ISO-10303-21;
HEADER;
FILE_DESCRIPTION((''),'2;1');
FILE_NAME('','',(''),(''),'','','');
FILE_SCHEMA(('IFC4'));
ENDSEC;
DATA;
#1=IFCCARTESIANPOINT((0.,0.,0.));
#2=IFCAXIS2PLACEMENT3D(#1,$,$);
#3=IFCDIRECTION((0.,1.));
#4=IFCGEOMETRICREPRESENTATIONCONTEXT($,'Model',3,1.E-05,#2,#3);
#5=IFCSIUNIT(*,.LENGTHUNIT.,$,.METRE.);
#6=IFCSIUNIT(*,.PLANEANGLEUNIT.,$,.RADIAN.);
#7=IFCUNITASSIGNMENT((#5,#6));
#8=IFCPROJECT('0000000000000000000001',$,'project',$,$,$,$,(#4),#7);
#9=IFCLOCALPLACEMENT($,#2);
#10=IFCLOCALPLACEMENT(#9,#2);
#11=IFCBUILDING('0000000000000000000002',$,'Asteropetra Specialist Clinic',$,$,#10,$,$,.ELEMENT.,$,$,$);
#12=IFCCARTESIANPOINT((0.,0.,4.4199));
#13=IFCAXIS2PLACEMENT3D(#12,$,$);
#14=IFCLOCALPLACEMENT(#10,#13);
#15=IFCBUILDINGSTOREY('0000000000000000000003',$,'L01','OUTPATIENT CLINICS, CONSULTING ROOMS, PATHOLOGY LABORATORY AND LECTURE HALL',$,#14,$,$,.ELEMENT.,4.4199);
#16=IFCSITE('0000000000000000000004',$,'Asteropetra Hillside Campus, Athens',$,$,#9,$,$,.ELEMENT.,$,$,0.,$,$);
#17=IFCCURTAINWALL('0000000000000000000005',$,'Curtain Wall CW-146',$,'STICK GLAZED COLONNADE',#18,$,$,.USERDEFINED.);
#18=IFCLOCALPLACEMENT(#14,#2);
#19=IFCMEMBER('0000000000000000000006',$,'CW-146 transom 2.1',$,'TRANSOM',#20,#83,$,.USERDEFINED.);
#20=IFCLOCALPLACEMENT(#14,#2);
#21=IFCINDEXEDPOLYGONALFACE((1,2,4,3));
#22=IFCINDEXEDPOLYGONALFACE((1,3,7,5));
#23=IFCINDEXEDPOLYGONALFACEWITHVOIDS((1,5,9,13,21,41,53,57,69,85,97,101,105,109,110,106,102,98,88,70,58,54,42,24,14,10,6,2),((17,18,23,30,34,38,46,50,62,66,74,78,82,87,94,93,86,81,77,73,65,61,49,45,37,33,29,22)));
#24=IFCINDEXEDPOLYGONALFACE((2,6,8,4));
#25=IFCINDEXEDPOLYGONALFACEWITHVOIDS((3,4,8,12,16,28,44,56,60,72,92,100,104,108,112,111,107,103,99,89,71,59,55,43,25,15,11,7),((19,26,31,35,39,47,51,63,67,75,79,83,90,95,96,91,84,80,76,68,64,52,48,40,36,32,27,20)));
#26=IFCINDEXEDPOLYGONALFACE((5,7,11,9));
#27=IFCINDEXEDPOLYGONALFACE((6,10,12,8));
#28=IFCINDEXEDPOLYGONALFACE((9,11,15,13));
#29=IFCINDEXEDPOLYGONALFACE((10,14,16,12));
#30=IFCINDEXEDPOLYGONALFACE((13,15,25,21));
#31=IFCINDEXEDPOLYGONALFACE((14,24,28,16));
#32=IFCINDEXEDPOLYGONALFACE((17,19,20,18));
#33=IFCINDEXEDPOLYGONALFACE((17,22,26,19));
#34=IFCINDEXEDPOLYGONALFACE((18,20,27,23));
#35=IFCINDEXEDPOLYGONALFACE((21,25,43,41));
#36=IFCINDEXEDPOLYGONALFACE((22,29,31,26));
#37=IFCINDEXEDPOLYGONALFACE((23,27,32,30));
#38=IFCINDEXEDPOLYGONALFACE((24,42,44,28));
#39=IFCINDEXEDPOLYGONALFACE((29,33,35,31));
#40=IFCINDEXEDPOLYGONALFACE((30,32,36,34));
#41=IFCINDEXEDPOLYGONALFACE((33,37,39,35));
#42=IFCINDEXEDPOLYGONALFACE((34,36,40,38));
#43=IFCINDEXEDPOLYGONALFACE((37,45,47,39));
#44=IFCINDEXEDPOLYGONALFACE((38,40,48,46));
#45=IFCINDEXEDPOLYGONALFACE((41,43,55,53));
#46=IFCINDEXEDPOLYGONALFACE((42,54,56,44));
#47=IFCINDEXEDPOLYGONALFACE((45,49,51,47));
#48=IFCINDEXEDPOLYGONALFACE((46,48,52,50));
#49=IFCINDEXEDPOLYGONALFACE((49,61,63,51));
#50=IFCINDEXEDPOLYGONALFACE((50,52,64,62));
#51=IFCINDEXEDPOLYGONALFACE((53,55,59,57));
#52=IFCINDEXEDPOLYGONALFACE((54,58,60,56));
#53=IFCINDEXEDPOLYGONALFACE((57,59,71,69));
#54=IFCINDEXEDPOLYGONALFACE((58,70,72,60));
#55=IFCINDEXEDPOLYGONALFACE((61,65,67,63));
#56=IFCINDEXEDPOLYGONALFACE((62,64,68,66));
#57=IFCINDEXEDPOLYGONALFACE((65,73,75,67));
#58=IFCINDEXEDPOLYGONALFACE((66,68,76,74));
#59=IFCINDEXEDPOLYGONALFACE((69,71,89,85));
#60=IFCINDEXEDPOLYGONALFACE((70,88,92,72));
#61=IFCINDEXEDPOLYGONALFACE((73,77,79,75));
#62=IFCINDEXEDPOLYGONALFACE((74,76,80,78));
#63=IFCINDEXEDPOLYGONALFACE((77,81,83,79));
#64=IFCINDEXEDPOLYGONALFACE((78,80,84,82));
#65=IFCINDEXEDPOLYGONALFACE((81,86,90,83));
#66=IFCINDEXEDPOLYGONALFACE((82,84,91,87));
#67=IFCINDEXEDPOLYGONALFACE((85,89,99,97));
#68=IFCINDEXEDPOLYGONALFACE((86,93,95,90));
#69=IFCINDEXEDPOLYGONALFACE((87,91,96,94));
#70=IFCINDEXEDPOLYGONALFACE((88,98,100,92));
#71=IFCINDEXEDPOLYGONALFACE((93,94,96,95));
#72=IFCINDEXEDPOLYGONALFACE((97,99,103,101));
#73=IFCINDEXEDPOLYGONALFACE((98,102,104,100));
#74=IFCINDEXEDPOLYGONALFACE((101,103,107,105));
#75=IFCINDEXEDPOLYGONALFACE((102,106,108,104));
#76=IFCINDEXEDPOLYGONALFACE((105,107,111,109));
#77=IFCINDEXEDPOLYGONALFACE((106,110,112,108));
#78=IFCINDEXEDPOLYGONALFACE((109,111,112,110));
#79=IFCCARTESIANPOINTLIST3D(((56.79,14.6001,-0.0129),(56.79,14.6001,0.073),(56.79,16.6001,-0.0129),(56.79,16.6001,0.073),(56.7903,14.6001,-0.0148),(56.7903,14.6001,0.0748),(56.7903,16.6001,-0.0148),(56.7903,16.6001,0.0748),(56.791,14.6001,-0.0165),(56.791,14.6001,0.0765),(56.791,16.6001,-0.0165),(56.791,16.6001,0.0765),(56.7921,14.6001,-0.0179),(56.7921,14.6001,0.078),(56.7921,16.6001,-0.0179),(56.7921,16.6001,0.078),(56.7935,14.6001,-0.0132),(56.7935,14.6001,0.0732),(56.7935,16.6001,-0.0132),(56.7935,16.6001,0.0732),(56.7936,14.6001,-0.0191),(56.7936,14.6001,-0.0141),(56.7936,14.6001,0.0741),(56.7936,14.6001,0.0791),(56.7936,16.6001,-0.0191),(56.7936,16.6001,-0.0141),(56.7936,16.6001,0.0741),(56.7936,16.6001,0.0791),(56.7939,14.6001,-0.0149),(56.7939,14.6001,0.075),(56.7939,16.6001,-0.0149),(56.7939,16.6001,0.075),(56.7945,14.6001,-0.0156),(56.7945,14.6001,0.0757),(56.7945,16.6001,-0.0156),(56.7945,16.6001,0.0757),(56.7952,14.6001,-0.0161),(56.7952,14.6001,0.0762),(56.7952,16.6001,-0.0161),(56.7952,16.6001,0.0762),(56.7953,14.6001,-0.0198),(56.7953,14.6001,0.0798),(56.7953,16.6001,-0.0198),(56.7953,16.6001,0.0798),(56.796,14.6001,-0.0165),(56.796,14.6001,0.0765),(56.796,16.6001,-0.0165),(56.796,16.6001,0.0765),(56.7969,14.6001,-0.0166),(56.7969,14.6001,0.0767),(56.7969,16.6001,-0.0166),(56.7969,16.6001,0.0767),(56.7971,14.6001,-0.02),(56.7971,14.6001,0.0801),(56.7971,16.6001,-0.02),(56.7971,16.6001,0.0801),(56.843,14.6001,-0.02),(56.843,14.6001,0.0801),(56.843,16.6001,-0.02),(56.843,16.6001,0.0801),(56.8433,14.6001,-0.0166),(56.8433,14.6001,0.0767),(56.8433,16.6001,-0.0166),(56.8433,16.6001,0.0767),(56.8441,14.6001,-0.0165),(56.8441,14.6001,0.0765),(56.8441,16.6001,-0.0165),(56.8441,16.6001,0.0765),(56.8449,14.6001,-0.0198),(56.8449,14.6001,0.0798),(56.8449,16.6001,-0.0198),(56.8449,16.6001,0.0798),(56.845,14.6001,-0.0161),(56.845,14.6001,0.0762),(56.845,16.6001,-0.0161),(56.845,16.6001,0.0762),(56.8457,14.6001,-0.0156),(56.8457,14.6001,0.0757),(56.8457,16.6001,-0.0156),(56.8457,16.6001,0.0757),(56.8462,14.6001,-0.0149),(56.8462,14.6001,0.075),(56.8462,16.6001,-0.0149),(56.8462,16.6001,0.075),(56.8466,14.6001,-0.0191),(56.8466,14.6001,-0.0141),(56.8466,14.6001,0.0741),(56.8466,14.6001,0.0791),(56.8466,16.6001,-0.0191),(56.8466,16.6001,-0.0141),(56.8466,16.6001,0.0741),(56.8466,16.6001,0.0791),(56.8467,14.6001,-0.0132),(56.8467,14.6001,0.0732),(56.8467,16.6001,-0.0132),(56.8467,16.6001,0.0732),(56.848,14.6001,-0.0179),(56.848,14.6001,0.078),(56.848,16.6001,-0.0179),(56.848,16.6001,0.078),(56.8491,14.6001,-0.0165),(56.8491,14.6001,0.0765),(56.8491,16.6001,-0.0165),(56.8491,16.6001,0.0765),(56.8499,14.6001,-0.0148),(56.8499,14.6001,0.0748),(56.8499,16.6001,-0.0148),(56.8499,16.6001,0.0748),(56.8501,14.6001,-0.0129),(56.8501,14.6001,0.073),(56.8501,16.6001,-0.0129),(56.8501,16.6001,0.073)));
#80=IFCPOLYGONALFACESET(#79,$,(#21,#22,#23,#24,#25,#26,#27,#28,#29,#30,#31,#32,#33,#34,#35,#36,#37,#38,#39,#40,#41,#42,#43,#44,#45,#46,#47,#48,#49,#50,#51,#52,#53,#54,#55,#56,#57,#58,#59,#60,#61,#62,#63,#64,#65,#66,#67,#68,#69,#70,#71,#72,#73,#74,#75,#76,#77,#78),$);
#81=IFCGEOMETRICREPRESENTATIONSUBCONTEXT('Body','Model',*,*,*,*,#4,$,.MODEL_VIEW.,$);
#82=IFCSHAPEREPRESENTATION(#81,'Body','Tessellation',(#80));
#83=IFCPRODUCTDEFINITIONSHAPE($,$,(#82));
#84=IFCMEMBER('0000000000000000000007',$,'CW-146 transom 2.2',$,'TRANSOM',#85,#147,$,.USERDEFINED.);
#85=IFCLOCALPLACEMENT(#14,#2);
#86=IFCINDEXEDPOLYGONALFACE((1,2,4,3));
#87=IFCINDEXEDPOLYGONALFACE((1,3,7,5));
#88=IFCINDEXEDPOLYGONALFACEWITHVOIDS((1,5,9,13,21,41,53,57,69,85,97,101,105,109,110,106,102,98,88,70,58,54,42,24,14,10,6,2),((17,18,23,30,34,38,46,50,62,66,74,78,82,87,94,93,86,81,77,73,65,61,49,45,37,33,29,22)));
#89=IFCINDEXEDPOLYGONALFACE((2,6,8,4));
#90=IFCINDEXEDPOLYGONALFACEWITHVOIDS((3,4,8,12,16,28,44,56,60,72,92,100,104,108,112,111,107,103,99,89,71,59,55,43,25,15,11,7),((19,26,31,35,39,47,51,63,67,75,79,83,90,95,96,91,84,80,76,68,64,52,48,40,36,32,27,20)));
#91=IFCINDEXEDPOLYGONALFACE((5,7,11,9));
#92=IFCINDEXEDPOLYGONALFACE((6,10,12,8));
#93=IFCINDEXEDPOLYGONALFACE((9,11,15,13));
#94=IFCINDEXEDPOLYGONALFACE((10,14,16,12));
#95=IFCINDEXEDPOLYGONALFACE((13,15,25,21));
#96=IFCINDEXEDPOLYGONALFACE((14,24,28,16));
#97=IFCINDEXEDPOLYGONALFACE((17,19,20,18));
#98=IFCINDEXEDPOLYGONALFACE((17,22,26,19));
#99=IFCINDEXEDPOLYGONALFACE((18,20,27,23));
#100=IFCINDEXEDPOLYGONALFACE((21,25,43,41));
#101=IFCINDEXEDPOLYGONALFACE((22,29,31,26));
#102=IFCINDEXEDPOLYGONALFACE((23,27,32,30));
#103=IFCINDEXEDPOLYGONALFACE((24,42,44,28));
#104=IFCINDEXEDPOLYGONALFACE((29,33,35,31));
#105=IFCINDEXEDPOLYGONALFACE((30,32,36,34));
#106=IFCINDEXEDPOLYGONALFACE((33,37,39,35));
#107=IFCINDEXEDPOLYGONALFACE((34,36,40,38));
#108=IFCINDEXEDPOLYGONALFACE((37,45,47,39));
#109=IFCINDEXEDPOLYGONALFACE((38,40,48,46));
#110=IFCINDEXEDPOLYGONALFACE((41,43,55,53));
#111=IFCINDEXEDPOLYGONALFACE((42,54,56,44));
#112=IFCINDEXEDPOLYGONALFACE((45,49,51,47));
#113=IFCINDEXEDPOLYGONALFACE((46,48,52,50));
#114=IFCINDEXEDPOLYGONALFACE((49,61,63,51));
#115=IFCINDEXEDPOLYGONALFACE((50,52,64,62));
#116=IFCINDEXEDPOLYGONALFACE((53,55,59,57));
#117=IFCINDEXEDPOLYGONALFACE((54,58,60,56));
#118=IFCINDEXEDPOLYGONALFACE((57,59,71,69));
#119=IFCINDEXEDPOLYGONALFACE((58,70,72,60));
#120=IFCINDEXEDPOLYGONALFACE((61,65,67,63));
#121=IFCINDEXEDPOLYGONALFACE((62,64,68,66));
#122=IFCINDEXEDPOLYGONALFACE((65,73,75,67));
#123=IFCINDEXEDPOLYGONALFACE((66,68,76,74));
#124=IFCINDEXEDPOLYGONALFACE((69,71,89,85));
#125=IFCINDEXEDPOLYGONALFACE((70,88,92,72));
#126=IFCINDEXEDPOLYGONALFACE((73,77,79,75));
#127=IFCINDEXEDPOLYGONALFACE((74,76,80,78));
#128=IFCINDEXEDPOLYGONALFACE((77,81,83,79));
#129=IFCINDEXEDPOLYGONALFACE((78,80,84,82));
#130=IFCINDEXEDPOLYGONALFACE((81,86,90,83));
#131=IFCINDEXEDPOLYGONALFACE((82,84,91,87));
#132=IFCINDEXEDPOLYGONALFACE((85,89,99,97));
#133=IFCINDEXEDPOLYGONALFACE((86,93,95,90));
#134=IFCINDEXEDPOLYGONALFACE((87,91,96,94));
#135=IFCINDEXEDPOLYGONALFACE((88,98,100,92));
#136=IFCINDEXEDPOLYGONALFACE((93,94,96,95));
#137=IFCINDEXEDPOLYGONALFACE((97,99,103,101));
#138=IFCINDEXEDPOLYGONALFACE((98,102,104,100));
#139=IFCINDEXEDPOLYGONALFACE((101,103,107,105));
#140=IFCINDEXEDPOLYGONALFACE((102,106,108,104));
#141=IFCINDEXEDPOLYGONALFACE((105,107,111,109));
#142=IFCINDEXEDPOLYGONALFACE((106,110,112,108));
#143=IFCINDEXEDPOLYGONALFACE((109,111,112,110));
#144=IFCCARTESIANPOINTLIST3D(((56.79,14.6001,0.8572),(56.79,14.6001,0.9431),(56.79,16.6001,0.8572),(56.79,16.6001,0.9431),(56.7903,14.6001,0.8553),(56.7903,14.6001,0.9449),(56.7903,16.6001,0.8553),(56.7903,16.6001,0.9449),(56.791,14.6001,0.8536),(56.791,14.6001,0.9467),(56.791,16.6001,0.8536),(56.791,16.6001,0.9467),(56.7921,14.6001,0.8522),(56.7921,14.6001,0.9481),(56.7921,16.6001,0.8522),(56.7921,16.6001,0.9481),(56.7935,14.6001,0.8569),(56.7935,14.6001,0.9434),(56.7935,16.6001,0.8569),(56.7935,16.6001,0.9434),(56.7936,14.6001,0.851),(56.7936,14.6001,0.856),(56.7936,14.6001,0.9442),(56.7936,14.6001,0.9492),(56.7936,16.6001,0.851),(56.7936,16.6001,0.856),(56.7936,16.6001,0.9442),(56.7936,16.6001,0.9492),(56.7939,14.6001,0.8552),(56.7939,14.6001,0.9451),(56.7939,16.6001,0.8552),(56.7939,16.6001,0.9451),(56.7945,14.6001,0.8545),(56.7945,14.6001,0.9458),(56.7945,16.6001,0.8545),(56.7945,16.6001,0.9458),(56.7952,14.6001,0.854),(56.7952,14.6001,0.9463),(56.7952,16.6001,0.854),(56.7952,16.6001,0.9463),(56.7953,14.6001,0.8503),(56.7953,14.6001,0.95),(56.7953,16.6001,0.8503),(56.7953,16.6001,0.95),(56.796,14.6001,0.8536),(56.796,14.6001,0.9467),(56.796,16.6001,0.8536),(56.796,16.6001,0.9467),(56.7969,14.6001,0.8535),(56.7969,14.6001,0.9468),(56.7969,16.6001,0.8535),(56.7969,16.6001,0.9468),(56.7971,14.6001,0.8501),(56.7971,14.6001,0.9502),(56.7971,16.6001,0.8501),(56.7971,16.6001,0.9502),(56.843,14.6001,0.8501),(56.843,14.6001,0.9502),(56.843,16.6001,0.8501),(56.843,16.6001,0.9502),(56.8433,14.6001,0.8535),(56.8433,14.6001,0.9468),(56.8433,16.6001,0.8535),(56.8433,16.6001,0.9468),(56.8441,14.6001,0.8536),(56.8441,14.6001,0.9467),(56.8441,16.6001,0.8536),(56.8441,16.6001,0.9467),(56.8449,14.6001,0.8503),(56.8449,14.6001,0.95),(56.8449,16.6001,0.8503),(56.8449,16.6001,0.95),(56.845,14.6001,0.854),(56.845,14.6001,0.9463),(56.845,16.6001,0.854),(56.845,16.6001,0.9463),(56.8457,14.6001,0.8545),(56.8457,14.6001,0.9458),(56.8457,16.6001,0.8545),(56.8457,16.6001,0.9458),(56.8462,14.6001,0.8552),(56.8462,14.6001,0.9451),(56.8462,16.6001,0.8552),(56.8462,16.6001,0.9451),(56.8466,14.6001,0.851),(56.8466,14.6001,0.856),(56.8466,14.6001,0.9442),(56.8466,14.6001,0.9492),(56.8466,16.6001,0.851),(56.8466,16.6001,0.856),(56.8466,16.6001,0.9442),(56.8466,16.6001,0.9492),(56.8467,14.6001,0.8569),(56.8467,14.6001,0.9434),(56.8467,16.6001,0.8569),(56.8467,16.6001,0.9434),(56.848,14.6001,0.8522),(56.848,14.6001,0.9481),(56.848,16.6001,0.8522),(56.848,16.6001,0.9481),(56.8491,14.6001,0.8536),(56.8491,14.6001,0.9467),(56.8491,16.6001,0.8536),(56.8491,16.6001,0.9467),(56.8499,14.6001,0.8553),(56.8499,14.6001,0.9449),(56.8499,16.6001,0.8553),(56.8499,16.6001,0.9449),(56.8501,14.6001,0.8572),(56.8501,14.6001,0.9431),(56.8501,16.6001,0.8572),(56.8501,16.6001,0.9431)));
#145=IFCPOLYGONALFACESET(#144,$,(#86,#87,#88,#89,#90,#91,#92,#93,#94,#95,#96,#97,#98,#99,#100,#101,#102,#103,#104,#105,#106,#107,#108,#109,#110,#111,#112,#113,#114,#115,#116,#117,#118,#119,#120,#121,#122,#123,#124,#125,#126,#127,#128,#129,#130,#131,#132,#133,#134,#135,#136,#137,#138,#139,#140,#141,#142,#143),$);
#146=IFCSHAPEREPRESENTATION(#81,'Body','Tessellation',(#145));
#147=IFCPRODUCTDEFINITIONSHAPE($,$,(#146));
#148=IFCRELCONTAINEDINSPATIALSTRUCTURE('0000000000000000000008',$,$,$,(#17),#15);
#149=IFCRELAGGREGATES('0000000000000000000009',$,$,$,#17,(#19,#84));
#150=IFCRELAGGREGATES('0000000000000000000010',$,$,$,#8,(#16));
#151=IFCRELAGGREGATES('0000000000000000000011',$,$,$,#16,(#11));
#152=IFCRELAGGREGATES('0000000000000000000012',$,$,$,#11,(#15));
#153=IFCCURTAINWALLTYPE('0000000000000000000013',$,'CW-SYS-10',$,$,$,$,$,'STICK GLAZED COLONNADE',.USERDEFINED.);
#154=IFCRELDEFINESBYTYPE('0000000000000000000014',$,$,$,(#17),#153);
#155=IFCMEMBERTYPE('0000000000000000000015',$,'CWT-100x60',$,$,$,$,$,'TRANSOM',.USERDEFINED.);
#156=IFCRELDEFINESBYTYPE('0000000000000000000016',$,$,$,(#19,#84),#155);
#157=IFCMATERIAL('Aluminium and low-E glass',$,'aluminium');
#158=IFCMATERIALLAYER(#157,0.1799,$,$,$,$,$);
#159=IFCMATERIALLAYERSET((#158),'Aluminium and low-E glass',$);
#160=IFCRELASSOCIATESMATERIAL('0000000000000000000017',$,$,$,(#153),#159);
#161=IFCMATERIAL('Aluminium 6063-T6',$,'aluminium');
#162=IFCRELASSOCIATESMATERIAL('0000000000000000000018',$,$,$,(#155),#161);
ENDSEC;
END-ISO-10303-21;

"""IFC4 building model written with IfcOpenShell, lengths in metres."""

from ifc_helpers import new_model, si_unit, direction, frame, origin, origin_2d, place, context, subcontext, project, spatial, hollow_rectangle, extrude, material, layer, layer_set, material_profile, profile_set, type_object, element, aggregate, save


model = new_model("IFC4")

# Units and contexts
model_context = context("Model", 3, precision=1e-05, world=origin(), true_north=direction((0.0, 1.0)))
body_context = subcontext(model_context, "Body", "Model", "MODEL_VIEW")
ifc_project = project(units=[si_unit("LENGTHUNIT", "METRE"), si_unit("PLANEANGLEUNIT", "RADIAN")], contexts=[model_context])

# Site, building, storey
site_placement = place(None, origin())
site = spatial("IfcSite", under=ifc_project, at=site_placement, Name="Asteropetra Hillside Campus, Athens", CompositionType="ELEMENT", RefElevation=0.0)
building_placement = place(site_placement, origin())
building = spatial("IfcBuilding", under=site, at=building_placement, Name="Asteropetra Specialist Clinic", CompositionType="ELEMENT")
storey_placement = place(building_placement, frame((0.0, 0.0, 4.4199)))
storey = spatial("IfcBuildingStorey", under=building, at=storey_placement, Name="L01", Description="OUTPATIENT CLINICS, CONSULTING ROOMS, PATHOLOGY LABORATORY AND LECTURE HALL", CompositionType="ELEMENT", Elevation=4.4199)

# Curtain wall, members
ifc_material_1 = material(Name="Aluminium and low-E glass", Category="aluminium")
ifc_layer_1 = layer(ifc_material_1, 0.1799)
ifc_layer_set_1 = layer_set([ifc_layer_1], Name="Aluminium and low-E glass")
curtain_wall_type = type_object("IfcCurtainWallType", Name="CW-SYS-10", ElementType="STICK GLAZED COLONNADE", PredefinedType="USERDEFINED", material=ifc_layer_set_1)
curtain_wall_placement = place(storey_placement, origin())
curtain_wall = element("IfcCurtainWall", 1, at=curtain_wall_placement, inside=storey, type_object=curtain_wall_type, Name="Curtain Wall CW-146", ObjectType="STICK GLAZED COLONNADE", PredefinedType="USERDEFINED")
ifc_material_2 = material(Name="Aluminium 6063-T6", Category="aluminium")
ifc_material_profile_1 = material_profile(ifc_material_2, hollow_rectangle(XDim=0.0601, YDim=0.1001, WallThickness=0.0034, InnerFilletRadius=0.0034, OuterFilletRadius=0.0071, at=origin_2d()), Name="TRN 100x60x3.5")
ifc_profile_set_1 = profile_set([ifc_material_profile_1], Name="Aluminium 6063-T6")
member_type_1 = type_object("IfcMemberType", Name="CWT-100x60", ElementType="TRANSOM", PredefinedType="USERDEFINED", material=ifc_profile_set_1)
member_1_placement = place(storey_placement, frame((56.8201, 14.6001, 0.03), z_axis=(0.0, 1.0, 0.0), x_axis=(-1.0, 0.0, 0.0)))
member_1 = element("IfcMember", 2, at=member_1_placement, type_object=member_type_1, Name="CW-146 transom 2.1", ObjectType="TRANSOM", PredefinedType="USERDEFINED", context=body_context, shape_type="SweptSolid", body=[
    extrude(hollow_rectangle(XDim=0.0601, YDim=0.1001, WallThickness=0.0034, InnerFilletRadius=0.0034, OuterFilletRadius=0.0071, at=origin_2d()), origin(), (0.0, 0.0, 1.0), 2.0),
])
member_2_placement = place(storey_placement, frame((56.8201, 14.6001, 0.9001), z_axis=(0.0, 1.0, 0.0), x_axis=(-1.0, 0.0, 0.0)))
member_2 = element("IfcMember", 3, at=member_2_placement, type_object=member_type_1, Name="CW-146 transom 2.2", ObjectType="TRANSOM", PredefinedType="USERDEFINED", context=body_context, shape_type="SweptSolid", body=[
    extrude(hollow_rectangle(XDim=0.0601, YDim=0.1001, WallThickness=0.0034, InnerFilletRadius=0.0034, OuterFilletRadius=0.0071, at=origin_2d()), origin(), (0.0, 0.0, 1.0), 2.0),
])

aggregate(curtain_wall, [member_1, member_2])

save(model, "model.ifc")
